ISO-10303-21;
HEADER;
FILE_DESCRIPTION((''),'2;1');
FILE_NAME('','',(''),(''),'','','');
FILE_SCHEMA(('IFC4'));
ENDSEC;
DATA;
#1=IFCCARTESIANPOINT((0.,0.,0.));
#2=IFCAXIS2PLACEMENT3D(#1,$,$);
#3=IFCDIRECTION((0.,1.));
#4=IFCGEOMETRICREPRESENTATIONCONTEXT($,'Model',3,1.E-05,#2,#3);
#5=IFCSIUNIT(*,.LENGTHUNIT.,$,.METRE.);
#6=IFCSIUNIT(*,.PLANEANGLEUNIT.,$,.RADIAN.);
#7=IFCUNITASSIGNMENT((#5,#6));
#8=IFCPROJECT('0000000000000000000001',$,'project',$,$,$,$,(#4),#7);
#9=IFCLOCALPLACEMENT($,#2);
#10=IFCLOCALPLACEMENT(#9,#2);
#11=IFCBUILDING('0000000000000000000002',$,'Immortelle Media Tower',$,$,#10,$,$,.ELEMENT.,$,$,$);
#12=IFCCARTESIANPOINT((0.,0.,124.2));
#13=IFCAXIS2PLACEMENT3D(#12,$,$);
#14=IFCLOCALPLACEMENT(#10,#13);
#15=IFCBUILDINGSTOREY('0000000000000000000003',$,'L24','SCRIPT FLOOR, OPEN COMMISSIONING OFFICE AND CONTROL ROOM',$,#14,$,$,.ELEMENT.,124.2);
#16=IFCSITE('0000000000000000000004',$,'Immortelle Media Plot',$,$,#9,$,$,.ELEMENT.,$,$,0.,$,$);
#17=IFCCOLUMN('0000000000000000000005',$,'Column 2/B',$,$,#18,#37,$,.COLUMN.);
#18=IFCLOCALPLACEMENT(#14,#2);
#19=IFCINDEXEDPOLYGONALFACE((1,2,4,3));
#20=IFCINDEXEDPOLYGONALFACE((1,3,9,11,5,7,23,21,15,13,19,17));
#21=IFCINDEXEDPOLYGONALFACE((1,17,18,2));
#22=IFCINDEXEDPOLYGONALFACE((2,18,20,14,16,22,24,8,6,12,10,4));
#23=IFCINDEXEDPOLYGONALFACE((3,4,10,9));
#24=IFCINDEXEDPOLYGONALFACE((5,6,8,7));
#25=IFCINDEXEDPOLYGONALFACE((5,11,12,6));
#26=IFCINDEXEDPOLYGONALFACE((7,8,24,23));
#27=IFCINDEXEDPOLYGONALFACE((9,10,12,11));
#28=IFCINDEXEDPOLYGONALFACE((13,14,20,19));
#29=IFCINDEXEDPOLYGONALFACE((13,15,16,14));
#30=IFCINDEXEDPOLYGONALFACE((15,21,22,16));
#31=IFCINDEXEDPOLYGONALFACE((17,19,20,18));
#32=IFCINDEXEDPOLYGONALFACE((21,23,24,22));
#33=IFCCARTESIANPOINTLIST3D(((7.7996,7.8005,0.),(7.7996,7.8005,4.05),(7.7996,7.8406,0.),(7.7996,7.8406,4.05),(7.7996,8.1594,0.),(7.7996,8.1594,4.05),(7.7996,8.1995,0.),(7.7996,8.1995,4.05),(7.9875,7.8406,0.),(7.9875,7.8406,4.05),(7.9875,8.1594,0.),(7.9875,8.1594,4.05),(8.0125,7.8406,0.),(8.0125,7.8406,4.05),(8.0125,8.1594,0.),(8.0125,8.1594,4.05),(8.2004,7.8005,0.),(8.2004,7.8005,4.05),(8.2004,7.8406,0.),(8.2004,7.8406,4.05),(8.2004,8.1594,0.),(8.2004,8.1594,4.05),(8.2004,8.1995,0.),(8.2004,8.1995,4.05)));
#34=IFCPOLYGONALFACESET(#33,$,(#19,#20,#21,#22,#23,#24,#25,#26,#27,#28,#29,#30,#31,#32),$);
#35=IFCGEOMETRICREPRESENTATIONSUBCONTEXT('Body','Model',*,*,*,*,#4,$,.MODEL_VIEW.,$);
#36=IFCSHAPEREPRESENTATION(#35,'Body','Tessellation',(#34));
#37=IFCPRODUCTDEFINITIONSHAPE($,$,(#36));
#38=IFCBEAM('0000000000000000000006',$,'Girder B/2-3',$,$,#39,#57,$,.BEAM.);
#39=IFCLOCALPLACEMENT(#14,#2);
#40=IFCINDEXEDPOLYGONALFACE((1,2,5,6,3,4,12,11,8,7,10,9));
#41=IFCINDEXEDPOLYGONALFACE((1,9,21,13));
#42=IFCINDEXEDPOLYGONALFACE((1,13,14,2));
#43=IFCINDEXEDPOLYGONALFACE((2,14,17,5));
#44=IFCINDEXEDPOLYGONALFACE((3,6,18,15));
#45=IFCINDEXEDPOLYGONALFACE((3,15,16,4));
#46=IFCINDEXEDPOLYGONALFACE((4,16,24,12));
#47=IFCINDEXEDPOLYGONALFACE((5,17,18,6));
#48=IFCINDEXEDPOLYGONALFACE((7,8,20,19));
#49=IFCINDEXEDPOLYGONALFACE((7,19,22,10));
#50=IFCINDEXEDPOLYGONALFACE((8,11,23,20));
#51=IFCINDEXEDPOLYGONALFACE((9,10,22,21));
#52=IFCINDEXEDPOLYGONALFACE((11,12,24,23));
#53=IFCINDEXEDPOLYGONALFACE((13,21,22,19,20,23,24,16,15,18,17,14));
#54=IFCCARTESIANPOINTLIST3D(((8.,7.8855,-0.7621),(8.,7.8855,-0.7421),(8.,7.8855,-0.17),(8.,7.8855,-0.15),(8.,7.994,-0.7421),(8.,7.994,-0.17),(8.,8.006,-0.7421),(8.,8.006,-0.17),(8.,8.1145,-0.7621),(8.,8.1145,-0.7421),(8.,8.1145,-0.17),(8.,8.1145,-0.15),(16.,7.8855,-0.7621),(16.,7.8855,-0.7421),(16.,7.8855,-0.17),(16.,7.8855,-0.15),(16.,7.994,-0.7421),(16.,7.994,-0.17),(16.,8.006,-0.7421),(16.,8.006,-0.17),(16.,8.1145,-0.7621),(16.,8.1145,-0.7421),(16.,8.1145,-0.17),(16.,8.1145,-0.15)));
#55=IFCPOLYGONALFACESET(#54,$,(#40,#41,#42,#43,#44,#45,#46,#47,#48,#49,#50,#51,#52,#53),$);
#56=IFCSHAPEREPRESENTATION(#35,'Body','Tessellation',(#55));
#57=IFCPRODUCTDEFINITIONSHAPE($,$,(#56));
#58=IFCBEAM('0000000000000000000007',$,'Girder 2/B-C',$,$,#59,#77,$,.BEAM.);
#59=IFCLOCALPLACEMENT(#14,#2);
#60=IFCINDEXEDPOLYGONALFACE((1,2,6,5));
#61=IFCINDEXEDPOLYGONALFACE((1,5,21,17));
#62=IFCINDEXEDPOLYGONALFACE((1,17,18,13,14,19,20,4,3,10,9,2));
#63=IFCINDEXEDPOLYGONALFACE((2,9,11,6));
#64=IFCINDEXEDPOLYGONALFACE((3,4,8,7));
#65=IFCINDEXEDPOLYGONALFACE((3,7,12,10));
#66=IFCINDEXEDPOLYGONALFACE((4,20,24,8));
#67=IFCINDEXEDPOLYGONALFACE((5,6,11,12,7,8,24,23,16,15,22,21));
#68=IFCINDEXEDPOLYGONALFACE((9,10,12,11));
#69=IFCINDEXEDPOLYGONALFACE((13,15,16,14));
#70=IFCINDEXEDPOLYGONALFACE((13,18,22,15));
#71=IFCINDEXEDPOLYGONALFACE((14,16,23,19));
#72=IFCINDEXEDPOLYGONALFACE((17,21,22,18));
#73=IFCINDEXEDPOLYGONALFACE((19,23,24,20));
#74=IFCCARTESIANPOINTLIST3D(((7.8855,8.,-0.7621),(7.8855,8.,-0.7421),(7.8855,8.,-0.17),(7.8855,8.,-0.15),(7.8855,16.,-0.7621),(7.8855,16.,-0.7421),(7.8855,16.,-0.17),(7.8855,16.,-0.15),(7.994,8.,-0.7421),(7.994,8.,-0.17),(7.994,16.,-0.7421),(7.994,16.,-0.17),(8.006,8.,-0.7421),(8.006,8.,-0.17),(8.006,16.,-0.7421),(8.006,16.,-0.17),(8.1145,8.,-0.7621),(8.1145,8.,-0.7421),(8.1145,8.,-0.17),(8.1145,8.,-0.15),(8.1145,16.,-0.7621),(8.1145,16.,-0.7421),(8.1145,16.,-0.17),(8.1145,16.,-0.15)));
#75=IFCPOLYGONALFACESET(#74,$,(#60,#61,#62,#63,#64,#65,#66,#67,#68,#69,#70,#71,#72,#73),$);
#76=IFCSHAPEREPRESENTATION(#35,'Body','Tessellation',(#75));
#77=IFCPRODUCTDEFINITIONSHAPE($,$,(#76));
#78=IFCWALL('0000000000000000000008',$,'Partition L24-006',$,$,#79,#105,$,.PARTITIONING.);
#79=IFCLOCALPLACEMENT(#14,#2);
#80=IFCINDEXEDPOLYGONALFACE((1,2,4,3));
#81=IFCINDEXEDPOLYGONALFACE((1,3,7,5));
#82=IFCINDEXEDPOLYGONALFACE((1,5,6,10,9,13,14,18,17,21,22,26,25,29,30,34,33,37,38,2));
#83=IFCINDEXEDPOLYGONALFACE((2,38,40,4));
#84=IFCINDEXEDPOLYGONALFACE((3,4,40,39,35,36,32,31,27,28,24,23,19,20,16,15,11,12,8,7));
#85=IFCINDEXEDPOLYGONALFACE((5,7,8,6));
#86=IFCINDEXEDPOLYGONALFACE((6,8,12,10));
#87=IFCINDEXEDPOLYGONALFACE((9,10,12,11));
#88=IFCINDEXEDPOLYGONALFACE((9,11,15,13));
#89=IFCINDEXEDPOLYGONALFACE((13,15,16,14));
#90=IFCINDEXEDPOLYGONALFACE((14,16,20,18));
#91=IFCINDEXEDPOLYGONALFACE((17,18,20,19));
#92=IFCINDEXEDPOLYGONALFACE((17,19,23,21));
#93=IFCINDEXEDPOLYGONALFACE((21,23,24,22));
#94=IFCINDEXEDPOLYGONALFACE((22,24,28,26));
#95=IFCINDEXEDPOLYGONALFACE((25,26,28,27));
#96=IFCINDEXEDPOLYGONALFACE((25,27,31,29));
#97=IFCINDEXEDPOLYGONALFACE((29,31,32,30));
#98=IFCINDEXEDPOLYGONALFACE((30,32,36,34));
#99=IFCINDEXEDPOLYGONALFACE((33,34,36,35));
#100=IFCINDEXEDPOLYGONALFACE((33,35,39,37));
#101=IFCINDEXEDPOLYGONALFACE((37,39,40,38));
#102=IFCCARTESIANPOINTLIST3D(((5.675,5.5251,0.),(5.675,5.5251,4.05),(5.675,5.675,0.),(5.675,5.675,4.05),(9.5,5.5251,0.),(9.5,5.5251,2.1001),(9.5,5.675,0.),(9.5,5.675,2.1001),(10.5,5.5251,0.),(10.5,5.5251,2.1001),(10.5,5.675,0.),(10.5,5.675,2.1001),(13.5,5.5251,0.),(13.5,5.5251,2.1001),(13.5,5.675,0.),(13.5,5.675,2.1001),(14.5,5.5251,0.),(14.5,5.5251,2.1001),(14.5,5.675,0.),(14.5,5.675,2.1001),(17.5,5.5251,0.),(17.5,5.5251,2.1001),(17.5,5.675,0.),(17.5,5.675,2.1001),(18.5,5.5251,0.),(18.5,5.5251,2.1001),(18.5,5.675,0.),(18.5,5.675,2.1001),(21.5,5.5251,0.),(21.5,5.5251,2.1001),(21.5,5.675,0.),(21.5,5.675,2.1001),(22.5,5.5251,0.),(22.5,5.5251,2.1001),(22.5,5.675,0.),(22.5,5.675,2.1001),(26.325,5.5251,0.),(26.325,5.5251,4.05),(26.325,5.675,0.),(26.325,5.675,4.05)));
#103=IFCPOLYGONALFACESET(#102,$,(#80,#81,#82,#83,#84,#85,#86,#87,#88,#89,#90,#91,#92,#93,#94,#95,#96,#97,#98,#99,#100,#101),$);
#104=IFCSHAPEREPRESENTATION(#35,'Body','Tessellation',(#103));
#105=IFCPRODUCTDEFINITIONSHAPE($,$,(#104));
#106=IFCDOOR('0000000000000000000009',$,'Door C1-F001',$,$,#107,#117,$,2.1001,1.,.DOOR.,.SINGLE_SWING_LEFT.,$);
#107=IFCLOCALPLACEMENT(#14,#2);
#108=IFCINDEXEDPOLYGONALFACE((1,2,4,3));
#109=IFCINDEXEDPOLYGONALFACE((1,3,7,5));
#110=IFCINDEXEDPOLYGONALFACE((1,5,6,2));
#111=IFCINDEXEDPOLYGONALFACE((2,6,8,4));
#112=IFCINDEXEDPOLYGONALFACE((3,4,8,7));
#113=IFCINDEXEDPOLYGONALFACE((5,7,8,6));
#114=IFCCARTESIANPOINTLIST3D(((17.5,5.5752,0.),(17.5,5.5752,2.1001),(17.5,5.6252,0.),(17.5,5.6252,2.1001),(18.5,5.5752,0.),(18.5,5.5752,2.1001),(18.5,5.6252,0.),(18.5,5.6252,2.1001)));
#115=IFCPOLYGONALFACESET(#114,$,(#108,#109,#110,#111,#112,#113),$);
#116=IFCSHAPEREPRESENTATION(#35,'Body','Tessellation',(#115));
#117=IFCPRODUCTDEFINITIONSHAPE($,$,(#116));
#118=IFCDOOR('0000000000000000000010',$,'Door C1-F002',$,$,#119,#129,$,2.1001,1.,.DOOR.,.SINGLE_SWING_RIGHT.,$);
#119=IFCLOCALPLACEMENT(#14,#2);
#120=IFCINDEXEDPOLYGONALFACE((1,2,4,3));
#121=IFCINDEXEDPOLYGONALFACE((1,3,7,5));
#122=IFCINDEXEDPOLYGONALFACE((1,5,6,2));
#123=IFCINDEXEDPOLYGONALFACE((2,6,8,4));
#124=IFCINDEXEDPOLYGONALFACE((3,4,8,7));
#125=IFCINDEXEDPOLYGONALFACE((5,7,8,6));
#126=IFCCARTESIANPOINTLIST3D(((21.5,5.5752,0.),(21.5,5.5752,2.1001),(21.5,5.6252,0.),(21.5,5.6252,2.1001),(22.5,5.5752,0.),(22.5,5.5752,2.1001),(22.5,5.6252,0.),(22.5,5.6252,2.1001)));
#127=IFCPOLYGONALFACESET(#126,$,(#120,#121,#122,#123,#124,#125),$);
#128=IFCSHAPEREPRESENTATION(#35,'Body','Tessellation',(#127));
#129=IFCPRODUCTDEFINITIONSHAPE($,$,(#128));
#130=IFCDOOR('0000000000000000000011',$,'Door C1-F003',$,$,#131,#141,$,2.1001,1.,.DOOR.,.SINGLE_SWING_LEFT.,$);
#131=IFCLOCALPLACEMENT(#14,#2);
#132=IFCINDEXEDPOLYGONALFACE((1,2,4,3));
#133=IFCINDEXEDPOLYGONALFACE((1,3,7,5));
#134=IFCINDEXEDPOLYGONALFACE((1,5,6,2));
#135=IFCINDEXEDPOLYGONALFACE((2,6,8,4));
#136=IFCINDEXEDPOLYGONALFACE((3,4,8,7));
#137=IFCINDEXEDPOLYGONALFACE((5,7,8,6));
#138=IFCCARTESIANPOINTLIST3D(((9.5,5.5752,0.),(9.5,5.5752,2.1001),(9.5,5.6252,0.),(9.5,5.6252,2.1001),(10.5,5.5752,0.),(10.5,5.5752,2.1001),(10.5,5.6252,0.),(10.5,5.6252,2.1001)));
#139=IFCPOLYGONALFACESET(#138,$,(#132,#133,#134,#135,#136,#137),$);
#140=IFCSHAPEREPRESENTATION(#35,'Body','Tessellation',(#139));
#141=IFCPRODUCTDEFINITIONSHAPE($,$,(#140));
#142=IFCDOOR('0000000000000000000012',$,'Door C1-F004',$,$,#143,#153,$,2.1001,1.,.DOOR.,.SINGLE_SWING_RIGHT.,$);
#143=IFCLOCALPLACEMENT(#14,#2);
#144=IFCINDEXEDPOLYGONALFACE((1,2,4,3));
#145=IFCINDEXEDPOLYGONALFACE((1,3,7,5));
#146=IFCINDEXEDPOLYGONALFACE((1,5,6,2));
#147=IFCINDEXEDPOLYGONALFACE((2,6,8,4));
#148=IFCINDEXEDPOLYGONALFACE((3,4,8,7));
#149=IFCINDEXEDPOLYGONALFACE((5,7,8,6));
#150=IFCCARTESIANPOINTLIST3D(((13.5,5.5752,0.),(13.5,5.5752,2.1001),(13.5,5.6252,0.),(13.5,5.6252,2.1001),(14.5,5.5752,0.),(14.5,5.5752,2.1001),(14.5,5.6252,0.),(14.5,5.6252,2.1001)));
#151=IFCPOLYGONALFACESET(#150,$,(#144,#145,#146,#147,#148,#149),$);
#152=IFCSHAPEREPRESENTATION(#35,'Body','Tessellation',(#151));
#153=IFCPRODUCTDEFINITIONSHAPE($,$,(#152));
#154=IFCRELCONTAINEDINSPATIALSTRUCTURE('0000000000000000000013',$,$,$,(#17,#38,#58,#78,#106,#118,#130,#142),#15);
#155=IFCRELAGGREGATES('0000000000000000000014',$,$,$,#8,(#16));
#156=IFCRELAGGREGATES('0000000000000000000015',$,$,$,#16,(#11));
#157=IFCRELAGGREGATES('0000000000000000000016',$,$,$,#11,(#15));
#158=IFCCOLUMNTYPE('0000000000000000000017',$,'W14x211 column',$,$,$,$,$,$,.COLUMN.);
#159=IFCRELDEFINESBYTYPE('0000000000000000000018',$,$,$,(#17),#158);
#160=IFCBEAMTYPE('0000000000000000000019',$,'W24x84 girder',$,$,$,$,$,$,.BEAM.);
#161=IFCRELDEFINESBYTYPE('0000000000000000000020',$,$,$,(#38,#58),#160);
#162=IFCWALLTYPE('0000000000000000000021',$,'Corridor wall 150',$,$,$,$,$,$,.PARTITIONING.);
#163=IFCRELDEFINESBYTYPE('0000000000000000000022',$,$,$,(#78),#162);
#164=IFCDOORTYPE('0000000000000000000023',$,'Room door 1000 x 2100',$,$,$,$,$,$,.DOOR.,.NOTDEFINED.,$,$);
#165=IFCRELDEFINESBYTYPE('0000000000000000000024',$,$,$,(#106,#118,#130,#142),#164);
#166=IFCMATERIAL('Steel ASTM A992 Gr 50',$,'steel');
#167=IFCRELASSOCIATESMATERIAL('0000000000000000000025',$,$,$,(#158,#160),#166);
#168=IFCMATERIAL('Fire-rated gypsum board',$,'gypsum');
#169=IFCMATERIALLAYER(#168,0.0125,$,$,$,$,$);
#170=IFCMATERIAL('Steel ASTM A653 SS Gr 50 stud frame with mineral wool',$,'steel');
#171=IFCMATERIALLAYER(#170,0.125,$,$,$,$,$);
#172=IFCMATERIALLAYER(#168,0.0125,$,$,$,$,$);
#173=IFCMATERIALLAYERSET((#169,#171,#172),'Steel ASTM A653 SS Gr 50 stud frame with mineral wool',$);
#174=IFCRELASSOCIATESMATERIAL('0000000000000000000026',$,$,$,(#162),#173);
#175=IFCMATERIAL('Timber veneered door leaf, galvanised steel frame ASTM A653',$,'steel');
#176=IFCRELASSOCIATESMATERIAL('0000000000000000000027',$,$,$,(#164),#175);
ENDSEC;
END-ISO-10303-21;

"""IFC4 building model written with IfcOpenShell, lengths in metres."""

from ifc_helpers import new_model, si_unit, direction, frame, frame_2d, origin, origin_2d, place, context, subcontext, project, spatial, rectangle, i_section, extrude, material, layer, layer_set, material_profile, profile_set, type_object, element, fill, save


model = new_model("IFC4")

# Units and contexts
model_context = context("Model", 3, precision=1e-05, world=origin(), true_north=direction((0.0, 1.0)))
body_context = subcontext(model_context, "Body", "Model", "MODEL_VIEW")
ifc_project = project(units=[si_unit("LENGTHUNIT", "METRE"), si_unit("PLANEANGLEUNIT", "RADIAN")], contexts=[model_context])

# Site, building, storey
site_placement = place(None, origin())
site = spatial("IfcSite", under=ifc_project, at=site_placement, Name="Immortelle Media Plot", CompositionType="ELEMENT", RefElevation=0.0)
building_placement = place(site_placement, origin())
building = spatial("IfcBuilding", under=site, at=building_placement, Name="Immortelle Media Tower", CompositionType="ELEMENT")
storey_placement = place(building_placement, frame((0.0, 0.0, 124.2)))
storey = spatial("IfcBuildingStorey", under=building, at=storey_placement, Name="L24", Description="SCRIPT FLOOR, OPEN COMMISSIONING OFFICE AND CONTROL ROOM", CompositionType="ELEMENT", Elevation=124.2)

# Column
ifc_material_1 = material(Name="Steel ASTM A992 Gr 50", Category="steel")
ifc_material_profile_1 = material_profile(ifc_material_1, i_section(OverallWidth=0.4009, OverallDepth=0.3989, WebThickness=0.0249, FlangeThickness=0.04, at=origin_2d()), Name="W14x211")
ifc_profile_set_1 = profile_set([ifc_material_profile_1], Name="Steel ASTM A992 Gr 50")
column_type = type_object("IfcColumnType", Name="W14x211 column", PredefinedType="COLUMN", material=ifc_profile_set_1)
column_placement = place(storey_placement, frame((8.0, 8.0, 0.0), z_axis=(0.0, 0.0, 1.0), x_axis=(1.0, 0.0, 0.0)))
element("IfcColumn", 1, at=column_placement, inside=storey, type_object=column_type, Name="Column 2/B", PredefinedType="COLUMN", context=body_context, shape_type="SweptSolid", body=[
    extrude(i_section(OverallWidth=0.4009, OverallDepth=0.3989, WebThickness=0.0249, FlangeThickness=0.04, at=origin_2d()), origin(), (0.0, 0.0, 1.0), 4.05),
])

# Beams
ifc_material_profile_2 = material_profile(ifc_material_1, i_section(OverallWidth=0.229, OverallDepth=0.6121, WebThickness=0.012, FlangeThickness=0.02, at=origin_2d()), Name="W24x84")
ifc_profile_set_2 = profile_set([ifc_material_profile_2], Name="Steel ASTM A992 Gr 50")
beam_type = type_object("IfcBeamType", Name="W24x84 girder", PredefinedType="BEAM", material=ifc_profile_set_2)
for number, where, z_axis, x_axis, name in (
    (2, (8.0, 8.0, -0.4561), (1.0, 0.0, 0.0), (0.0, 1.0, 0.0), "Girder B/2-3"),
    (3, (8.0, 8.0, -0.4561), (0.0, 1.0, 0.0), (-1.0, 0.0, 0.0), "Girder 2/B-C"),
):
    element("IfcBeam", number, at=place(storey_placement, frame(where, z_axis=z_axis, x_axis=x_axis)), inside=storey, type_object=beam_type, Name=name, PredefinedType="BEAM", context=body_context, shape_type="SweptSolid", body=[
        extrude(i_section(OverallWidth=0.229, OverallDepth=0.6121, WebThickness=0.012, FlangeThickness=0.02, at=origin_2d()), origin(), (0.0, 0.0, 1.0), 8.0),
    ])

# Wall, openings, doors
ifc_material_2 = material(Name="Fire-rated gypsum board", Category="gypsum")
ifc_layer_1 = layer(ifc_material_2, 0.0125)
ifc_material_3 = material(Name="Steel ASTM A653 SS Gr 50 stud frame with mineral wool", Category="steel")
ifc_layer_2 = layer(ifc_material_3, 0.125)
ifc_layer_3 = layer(ifc_material_2, 0.0125)
ifc_layer_set_1 = layer_set([ifc_layer_1, ifc_layer_2, ifc_layer_3], Name="Steel ASTM A653 SS Gr 50 stud frame with mineral wool")
wall_type_1 = type_object("IfcWallType", Name="Corridor wall 150", PredefinedType="PARTITIONING", material=ifc_layer_set_1)
wall_1_placement = place(storey_placement, frame((5.675, 5.6001, 0.0), z_axis=(0.0, 0.0, 1.0), x_axis=(1.0, 0.0, 0.0)))
wall_1 = element("IfcWall", 4, at=wall_1_placement, inside=storey, type_object=wall_type_1, Name="Partition L24-006", PredefinedType="PARTITIONING", context=body_context, shape_type="SweptSolid", body=[
    extrude(rectangle(XDim=20.6499, YDim=0.1499, at=frame_2d((10.325, 0.0))), origin(), (0.0, 0.0, 1.0), 4.05),
])
opening_1_placement = place(wall_1_placement, frame((12.825, 0.0, 0.0), z_axis=(0.0, 0.0, 1.0), x_axis=(-1.0, 0.0, 0.0)))
opening_1 = element("IfcOpeningElement", 5, at=opening_1_placement, cuts=wall_1, PredefinedType="OPENING", context=body_context, shape_type="SweptSolid", body=[
    extrude(rectangle(XDim=1.0, YDim=2.1001, at=frame_2d((0.5, 1.05))), frame((0.0, 0.085, 0.0), z_axis=(0.0, -1.0, 0.0), x_axis=(1.0, 0.0, 0.0)), (0.0, 0.0, 1.0), 0.1699),
])
opening_2_placement = place(wall_1_placement, frame((16.825, 0.0, 0.0), z_axis=(0.0, 0.0, 1.0), x_axis=(-1.0, 0.0, 0.0)))
opening_2 = element("IfcOpeningElement", 6, at=opening_2_placement, cuts=wall_1, PredefinedType="OPENING", context=body_context, shape_type="SweptSolid", body=[
    extrude(rectangle(XDim=1.0, YDim=2.1001, at=frame_2d((0.5, 1.05))), frame((0.0, 0.085, 0.0), z_axis=(0.0, -1.0, 0.0), x_axis=(1.0, 0.0, 0.0)), (0.0, 0.0, 1.0), 0.1699),
])
opening_3_placement = place(wall_1_placement, frame((4.825, 0.0, 0.0), z_axis=(0.0, 0.0, 1.0), x_axis=(-1.0, 0.0, 0.0)))
opening_3 = element("IfcOpeningElement", 7, at=opening_3_placement, cuts=wall_1, PredefinedType="OPENING", context=body_context, shape_type="SweptSolid", body=[
    extrude(rectangle(XDim=1.0, YDim=2.1001, at=frame_2d((0.5, 1.05))), frame((0.0, 0.085, 0.0), z_axis=(0.0, -1.0, 0.0), x_axis=(1.0, 0.0, 0.0)), (0.0, 0.0, 1.0), 0.1699),
])
opening_4_placement = place(wall_1_placement, frame((8.825, 0.0, 0.0), z_axis=(0.0, 0.0, 1.0), x_axis=(-1.0, 0.0, 0.0)))
opening_4 = element("IfcOpeningElement", 8, at=opening_4_placement, cuts=wall_1, PredefinedType="OPENING", context=body_context, shape_type="SweptSolid", body=[
    extrude(rectangle(XDim=1.0, YDim=2.1001, at=frame_2d((0.5, 1.05))), frame((0.0, 0.085, 0.0), z_axis=(0.0, -1.0, 0.0), x_axis=(1.0, 0.0, 0.0)), (0.0, 0.0, 1.0), 0.1699),
])
ifc_material_4 = material(Name="Timber veneered door leaf, galvanised steel frame ASTM A653", Category="steel")
door_type_1 = type_object("IfcDoorType", Name="Room door 1000 x 2100", OperationType="NOTDEFINED", PredefinedType="DOOR", material=ifc_material_4)
door_1_placement = place(opening_1_placement, origin())
door_1 = element("IfcDoor", 9, at=door_1_placement, inside=storey, type_object=door_type_1, Name="Door C1-F001", OperationType="SINGLE_SWING_LEFT", OverallHeight=2.1001, OverallWidth=1.0, PredefinedType="DOOR", context=body_context, shape_type="SweptSolid", body=[
    extrude(rectangle(XDim=1.0, YDim=2.1001, at=frame_2d((0.5, 1.05))), frame((0.0, 0.0249, 0.0), z_axis=(0.0, -1.0, 0.0), x_axis=(1.0, 0.0, 0.0)), (0.0, 0.0, 1.0), 0.05),
])
fill(opening_1, door_1)
door_2_placement = place(opening_2_placement, origin())
door_2 = element("IfcDoor", 10, at=door_2_placement, inside=storey, type_object=door_type_1, Name="Door C1-F002", OperationType="SINGLE_SWING_RIGHT", OverallHeight=2.1001, OverallWidth=1.0, PredefinedType="DOOR", context=body_context, shape_type="SweptSolid", body=[
    extrude(rectangle(XDim=1.0, YDim=2.1001, at=frame_2d((0.5, 1.05))), frame((0.0, 0.0249, 0.0), z_axis=(0.0, -1.0, 0.0), x_axis=(1.0, 0.0, 0.0)), (0.0, 0.0, 1.0), 0.05),
])
fill(opening_2, door_2)
door_3_placement = place(opening_3_placement, origin())
door_3 = element("IfcDoor", 11, at=door_3_placement, inside=storey, type_object=door_type_1, Name="Door C1-F003", OperationType="SINGLE_SWING_LEFT", OverallHeight=2.1001, OverallWidth=1.0, PredefinedType="DOOR", context=body_context, shape_type="SweptSolid", body=[
    extrude(rectangle(XDim=1.0, YDim=2.1001, at=frame_2d((0.5, 1.05))), frame((0.0, 0.0249, 0.0), z_axis=(0.0, -1.0, 0.0), x_axis=(1.0, 0.0, 0.0)), (0.0, 0.0, 1.0), 0.05),
])
fill(opening_3, door_3)
door_4_placement = place(opening_4_placement, origin())
door_4 = element("IfcDoor", 12, at=door_4_placement, inside=storey, type_object=door_type_1, Name="Door C1-F004", OperationType="SINGLE_SWING_RIGHT", OverallHeight=2.1001, OverallWidth=1.0, PredefinedType="DOOR", context=body_context, shape_type="SweptSolid", body=[
    extrude(rectangle(XDim=1.0, YDim=2.1001, at=frame_2d((0.5, 1.05))), frame((0.0, 0.0249, 0.0), z_axis=(0.0, -1.0, 0.0), x_axis=(1.0, 0.0, 0.0)), (0.0, 0.0, 1.0), 0.05),
])
fill(opening_4, door_4)

save(model, "model.ifc")
